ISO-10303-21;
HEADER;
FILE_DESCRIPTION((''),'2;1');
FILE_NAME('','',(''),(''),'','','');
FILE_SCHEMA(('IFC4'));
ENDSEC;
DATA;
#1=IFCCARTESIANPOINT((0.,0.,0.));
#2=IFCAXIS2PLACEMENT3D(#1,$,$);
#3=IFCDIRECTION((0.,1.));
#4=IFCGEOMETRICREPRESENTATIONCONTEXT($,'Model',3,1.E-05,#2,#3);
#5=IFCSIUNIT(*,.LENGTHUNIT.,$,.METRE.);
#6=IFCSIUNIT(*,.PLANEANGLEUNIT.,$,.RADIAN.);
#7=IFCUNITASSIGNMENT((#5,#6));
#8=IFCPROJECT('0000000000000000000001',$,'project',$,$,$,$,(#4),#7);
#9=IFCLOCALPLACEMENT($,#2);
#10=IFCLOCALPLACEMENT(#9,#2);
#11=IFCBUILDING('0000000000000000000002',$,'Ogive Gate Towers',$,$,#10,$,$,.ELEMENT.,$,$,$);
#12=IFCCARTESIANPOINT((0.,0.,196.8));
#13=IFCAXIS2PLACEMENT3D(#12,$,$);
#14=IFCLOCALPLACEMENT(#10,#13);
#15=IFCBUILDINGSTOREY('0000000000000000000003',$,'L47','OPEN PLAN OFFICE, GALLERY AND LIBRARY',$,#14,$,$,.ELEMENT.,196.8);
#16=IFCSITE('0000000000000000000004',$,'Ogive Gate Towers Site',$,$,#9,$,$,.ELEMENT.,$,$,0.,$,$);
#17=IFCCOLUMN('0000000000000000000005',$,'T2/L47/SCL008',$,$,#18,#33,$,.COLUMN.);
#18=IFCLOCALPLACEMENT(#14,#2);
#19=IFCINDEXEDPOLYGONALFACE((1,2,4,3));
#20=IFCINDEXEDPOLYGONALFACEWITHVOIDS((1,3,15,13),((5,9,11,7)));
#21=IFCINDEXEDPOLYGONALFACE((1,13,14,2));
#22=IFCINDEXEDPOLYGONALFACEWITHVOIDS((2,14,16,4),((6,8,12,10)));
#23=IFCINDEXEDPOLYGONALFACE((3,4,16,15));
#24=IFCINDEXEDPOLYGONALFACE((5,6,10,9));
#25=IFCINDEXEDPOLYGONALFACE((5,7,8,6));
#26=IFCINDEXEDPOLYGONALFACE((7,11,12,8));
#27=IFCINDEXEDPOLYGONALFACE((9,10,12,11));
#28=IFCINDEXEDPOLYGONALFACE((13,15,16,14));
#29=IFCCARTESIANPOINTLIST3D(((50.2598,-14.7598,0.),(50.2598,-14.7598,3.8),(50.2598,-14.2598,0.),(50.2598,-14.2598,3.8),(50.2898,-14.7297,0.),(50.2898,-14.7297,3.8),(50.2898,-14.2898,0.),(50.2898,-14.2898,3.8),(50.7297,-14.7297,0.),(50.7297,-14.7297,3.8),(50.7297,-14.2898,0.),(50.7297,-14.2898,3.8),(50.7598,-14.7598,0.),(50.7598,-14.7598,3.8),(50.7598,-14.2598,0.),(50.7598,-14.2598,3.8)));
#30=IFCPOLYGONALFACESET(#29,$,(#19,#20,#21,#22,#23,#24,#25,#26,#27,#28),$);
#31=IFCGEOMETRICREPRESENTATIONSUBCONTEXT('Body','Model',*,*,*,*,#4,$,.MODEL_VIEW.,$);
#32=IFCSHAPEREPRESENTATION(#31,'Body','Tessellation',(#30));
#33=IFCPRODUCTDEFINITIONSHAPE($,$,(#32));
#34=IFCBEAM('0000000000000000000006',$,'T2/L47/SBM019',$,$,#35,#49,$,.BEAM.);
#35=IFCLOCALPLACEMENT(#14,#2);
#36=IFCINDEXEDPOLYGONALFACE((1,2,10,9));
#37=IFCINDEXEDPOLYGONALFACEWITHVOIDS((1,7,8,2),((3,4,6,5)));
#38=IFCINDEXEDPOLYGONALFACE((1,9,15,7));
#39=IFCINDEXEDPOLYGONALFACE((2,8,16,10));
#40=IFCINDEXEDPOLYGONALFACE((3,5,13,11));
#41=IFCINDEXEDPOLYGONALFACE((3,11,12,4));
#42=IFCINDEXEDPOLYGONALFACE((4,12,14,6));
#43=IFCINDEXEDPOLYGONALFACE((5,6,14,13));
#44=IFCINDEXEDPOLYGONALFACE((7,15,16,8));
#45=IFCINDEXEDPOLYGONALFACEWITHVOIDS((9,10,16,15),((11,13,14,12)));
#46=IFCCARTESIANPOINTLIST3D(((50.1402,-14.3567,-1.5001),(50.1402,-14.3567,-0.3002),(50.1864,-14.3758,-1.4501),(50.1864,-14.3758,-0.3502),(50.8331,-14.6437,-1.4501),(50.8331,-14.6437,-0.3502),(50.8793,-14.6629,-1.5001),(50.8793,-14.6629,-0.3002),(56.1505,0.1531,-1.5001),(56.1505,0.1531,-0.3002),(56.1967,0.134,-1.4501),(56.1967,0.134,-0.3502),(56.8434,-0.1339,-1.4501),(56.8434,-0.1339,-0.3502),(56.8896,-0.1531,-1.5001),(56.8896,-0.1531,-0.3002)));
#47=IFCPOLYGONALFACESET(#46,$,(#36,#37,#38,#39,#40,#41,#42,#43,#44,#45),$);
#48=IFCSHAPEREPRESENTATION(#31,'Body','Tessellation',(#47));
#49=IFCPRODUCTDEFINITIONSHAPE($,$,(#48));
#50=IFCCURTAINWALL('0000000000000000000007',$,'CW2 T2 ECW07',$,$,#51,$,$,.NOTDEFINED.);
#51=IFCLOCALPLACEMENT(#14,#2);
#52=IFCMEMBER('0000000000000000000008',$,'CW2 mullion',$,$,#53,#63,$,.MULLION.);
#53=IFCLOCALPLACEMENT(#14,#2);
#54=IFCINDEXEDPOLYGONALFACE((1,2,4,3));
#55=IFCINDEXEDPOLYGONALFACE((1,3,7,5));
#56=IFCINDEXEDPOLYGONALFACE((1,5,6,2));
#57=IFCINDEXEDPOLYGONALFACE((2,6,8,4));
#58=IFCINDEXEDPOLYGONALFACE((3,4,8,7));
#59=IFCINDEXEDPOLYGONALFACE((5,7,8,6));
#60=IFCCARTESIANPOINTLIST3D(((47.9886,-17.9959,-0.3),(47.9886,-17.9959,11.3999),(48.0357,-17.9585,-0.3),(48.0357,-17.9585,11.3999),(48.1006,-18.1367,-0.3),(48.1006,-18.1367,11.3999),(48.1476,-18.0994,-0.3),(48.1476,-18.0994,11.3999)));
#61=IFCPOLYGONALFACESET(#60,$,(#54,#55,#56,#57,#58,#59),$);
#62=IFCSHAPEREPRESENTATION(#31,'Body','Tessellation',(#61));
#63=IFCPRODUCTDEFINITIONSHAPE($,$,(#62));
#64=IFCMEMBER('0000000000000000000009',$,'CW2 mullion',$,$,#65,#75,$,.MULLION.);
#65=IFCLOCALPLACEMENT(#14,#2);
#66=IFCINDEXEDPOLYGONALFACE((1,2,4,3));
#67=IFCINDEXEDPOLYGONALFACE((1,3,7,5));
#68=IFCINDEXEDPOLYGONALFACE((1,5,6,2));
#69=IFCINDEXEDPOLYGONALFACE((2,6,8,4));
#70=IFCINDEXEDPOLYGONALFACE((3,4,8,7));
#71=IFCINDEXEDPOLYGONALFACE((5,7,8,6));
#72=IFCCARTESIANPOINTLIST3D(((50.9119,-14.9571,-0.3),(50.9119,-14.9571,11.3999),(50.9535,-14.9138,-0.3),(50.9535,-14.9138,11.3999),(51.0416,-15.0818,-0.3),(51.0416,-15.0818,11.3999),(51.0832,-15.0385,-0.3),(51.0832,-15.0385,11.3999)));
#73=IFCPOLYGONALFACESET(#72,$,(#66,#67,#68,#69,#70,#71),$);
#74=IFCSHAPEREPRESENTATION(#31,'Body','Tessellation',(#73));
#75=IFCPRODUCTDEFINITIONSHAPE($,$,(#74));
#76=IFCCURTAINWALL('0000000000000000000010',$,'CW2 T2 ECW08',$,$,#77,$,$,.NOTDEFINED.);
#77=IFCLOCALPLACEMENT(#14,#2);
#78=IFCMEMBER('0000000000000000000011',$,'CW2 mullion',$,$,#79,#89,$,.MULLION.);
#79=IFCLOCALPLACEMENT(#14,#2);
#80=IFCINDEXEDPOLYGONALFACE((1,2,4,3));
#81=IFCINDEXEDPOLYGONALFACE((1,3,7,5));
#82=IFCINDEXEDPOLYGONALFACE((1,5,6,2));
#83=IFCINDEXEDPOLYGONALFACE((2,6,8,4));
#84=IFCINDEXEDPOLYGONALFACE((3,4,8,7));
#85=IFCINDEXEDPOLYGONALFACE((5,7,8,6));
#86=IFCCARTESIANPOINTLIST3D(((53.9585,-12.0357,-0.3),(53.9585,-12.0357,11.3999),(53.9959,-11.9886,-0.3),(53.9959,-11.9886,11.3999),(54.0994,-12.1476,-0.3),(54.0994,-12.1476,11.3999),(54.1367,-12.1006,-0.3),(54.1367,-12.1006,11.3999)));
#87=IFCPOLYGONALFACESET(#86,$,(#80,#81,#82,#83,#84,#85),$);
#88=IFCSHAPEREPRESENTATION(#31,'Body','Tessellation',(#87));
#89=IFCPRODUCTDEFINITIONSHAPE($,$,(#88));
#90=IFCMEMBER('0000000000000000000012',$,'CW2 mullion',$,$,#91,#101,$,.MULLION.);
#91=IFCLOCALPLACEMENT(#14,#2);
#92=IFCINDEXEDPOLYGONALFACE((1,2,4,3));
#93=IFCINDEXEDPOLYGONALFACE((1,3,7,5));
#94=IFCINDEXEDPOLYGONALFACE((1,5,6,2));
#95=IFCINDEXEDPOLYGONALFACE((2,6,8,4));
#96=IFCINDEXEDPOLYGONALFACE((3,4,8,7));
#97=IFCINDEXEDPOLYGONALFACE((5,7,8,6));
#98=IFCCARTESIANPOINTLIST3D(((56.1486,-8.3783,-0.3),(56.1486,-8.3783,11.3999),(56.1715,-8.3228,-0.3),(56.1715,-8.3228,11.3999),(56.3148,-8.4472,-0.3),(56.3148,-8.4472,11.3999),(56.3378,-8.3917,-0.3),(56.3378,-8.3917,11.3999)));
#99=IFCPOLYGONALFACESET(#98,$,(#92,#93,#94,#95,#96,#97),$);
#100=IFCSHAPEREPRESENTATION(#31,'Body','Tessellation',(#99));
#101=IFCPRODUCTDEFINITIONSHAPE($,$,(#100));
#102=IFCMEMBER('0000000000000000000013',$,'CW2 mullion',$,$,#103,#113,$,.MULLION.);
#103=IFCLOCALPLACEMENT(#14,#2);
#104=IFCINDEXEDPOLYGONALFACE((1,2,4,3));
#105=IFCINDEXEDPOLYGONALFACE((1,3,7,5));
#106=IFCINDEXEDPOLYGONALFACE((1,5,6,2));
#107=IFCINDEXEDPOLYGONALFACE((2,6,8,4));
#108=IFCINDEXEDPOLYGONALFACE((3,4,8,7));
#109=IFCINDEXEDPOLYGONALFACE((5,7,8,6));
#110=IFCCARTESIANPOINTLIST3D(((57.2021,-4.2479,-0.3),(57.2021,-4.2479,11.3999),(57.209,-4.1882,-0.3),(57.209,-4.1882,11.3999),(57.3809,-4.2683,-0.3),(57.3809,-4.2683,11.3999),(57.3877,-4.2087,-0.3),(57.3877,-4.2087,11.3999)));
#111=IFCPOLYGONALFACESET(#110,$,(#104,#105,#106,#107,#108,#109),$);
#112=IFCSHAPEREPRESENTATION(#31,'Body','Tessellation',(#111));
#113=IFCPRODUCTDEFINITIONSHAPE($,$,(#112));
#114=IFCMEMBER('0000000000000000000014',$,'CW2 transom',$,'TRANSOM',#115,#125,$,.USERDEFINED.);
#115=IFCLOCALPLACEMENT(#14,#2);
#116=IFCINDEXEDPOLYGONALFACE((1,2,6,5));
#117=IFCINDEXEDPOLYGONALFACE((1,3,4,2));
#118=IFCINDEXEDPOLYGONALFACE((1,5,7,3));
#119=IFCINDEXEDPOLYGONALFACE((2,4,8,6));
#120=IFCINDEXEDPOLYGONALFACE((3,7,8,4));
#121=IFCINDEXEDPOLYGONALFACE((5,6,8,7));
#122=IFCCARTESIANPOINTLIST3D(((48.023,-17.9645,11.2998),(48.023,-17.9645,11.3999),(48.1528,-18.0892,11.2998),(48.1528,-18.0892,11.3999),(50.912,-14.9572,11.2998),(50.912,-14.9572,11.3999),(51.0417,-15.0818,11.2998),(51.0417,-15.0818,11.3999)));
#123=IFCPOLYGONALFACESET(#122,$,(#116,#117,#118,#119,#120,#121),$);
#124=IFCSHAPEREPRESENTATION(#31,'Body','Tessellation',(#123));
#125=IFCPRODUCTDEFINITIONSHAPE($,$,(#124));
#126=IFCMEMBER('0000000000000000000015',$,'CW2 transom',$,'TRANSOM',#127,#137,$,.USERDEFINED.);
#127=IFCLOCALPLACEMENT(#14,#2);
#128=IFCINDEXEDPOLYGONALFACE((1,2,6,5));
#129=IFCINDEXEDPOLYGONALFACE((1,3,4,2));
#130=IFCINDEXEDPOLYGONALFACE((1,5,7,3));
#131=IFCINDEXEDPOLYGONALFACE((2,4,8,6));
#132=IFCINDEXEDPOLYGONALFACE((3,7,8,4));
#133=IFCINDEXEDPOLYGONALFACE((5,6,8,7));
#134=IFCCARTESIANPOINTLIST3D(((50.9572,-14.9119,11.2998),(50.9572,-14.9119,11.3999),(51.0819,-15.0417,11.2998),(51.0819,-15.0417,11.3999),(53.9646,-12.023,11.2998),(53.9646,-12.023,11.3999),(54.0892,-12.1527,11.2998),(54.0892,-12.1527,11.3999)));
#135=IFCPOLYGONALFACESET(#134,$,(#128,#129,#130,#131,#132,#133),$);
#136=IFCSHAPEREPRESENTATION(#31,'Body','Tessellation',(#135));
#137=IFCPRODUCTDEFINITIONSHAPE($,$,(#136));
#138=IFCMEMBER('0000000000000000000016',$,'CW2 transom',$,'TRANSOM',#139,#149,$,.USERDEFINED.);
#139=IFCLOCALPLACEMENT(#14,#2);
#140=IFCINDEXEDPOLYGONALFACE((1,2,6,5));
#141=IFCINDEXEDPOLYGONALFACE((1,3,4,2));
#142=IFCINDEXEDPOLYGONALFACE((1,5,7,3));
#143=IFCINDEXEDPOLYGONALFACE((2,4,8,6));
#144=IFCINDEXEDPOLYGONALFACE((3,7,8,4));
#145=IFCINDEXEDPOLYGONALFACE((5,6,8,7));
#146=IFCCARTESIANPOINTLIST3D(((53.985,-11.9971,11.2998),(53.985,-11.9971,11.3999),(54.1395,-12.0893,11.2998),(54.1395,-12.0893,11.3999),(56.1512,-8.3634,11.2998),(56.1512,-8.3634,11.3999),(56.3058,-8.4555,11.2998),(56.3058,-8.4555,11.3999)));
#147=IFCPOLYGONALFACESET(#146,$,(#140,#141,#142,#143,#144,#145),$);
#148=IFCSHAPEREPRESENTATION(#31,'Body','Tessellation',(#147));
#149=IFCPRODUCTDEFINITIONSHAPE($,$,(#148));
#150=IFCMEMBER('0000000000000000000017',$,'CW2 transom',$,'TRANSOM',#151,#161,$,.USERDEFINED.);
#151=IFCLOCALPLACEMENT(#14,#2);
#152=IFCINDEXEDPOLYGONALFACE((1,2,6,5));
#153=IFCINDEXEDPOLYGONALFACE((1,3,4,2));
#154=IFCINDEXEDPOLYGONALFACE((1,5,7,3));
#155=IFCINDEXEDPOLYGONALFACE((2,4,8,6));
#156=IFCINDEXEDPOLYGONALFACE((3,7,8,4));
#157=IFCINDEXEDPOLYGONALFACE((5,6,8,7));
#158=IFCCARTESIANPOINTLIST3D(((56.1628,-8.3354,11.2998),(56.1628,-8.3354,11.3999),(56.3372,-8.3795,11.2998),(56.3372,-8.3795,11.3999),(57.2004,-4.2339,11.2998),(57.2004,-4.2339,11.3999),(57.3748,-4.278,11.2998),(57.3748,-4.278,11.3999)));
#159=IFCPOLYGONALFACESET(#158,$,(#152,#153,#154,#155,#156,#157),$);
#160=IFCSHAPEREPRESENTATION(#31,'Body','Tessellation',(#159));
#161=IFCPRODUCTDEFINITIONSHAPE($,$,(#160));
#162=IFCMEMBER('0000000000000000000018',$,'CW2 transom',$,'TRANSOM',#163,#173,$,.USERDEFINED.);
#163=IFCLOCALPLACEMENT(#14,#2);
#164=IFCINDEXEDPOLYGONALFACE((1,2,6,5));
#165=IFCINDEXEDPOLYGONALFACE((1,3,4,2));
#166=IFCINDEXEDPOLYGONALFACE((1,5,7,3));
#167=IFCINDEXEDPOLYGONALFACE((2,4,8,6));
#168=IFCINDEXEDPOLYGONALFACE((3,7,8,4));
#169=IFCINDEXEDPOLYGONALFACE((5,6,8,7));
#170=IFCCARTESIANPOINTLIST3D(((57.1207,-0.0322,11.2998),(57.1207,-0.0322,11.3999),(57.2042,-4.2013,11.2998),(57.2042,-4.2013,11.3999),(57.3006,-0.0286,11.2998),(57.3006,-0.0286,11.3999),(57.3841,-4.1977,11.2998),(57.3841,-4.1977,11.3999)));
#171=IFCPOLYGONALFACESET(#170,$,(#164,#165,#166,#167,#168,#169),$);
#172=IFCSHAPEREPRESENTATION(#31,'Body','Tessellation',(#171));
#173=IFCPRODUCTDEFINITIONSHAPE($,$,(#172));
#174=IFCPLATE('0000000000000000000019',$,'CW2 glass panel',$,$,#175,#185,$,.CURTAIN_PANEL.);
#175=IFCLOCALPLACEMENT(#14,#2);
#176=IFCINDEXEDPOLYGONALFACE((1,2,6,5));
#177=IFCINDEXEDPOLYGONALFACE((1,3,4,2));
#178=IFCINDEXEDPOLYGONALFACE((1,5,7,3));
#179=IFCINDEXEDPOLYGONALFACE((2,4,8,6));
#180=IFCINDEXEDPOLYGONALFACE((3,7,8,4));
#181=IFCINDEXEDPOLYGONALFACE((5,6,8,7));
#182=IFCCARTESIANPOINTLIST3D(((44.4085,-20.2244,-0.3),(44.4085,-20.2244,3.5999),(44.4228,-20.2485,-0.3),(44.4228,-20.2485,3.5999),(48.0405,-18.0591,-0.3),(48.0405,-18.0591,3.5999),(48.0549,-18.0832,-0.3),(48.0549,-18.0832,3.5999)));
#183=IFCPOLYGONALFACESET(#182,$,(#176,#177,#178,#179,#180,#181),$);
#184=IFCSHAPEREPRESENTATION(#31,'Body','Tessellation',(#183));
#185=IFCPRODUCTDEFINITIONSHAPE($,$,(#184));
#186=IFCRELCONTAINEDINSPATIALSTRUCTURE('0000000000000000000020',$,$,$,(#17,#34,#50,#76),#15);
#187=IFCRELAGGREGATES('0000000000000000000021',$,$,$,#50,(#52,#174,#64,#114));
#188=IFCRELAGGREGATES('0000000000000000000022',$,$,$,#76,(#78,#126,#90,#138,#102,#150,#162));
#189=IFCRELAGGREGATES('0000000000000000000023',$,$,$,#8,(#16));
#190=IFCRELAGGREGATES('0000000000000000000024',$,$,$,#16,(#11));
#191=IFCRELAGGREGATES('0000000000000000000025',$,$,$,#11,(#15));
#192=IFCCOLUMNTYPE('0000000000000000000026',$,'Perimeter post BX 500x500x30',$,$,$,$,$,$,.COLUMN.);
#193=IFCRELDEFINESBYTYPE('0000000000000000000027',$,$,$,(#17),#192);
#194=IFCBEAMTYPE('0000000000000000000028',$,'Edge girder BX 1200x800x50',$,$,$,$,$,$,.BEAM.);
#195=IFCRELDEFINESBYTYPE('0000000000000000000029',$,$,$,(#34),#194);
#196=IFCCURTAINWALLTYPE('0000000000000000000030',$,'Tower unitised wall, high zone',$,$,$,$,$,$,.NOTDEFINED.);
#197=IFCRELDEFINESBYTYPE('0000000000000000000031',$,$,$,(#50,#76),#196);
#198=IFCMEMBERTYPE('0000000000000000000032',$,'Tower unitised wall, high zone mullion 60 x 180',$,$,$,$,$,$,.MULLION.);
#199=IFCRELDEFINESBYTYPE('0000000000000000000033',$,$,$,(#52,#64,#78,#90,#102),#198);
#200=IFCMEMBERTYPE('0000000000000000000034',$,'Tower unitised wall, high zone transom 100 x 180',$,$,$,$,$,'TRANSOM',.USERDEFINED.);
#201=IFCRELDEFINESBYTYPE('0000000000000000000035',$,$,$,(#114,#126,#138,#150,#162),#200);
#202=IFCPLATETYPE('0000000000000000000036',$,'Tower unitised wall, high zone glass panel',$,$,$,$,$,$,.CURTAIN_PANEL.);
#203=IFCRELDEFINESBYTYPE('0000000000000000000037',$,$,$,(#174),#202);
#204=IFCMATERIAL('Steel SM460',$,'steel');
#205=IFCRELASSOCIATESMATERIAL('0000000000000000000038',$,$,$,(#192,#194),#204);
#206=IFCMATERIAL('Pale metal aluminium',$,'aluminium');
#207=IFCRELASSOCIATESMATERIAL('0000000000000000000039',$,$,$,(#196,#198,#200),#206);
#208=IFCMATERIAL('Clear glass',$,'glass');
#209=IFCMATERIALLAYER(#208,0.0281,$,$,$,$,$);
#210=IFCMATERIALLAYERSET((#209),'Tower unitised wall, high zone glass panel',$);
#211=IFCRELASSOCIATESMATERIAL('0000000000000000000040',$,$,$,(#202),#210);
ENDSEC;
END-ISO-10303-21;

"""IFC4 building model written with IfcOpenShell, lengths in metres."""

from ifc_helpers import new_model, si_unit, direction, frame, origin, origin_2d, place, context, subcontext, project, spatial, rectangle, hollow_rectangle, extrude, material, layer, layer_set, material_profile, profile_set, type_object, element, aggregate, save


model = new_model("IFC4")

# Units and contexts
model_context = context("Model", 3, precision=1e-05, world=origin(), true_north=direction((0.0, 1.0)))
body_context = subcontext(model_context, "Body", "Model", "MODEL_VIEW")
ifc_project = project(units=[si_unit("LENGTHUNIT", "METRE"), si_unit("PLANEANGLEUNIT", "RADIAN")], contexts=[model_context])

# Site, building, storey
site_placement = place(None, origin())
site = spatial("IfcSite", under=ifc_project, at=site_placement, Name="Ogive Gate Towers Site", CompositionType="ELEMENT", RefElevation=0.0)
building_placement = place(site_placement, origin())
building = spatial("IfcBuilding", under=site, at=building_placement, Name="Ogive Gate Towers", CompositionType="ELEMENT")
storey_placement = place(building_placement, frame((0.0, 0.0, 196.8)))
storey = spatial("IfcBuildingStorey", under=building, at=storey_placement, Name="L47", Description="OPEN PLAN OFFICE, GALLERY AND LIBRARY", CompositionType="ELEMENT", Elevation=196.8)

# Column
ifc_material_1 = material(Name="Steel SM460", Category="steel")
ifc_material_profile_1 = material_profile(ifc_material_1, hollow_rectangle(XDim=0.5, YDim=0.5, WallThickness=0.03, at=origin_2d()), Name="BX 500x500x30")
ifc_profile_set_1 = profile_set([ifc_material_profile_1], Name="Steel SM460")
column_type = type_object("IfcColumnType", Name="Perimeter post BX 500x500x30", PredefinedType="COLUMN", material=ifc_profile_set_1)
column_placement = place(storey_placement, frame((50.5098, -14.5098, 0.0), z_axis=(0.0, 0.0, 1.0), x_axis=(1.0, 0.0, 0.0)))
element("IfcColumn", 1, at=column_placement, inside=storey, type_object=column_type, Name="T2/L47/SCL008", PredefinedType="COLUMN", context=body_context, shape_type="SweptSolid", body=[
    extrude(hollow_rectangle(XDim=0.5, YDim=0.5, WallThickness=0.03, at=origin_2d()), origin(), (0.0, 0.0, 1.0), 3.8),
])

# Beam
ifc_material_profile_2 = material_profile(ifc_material_1, hollow_rectangle(XDim=0.8, YDim=1.2, WallThickness=0.05, at=origin_2d()), Name="BX 1200x800x50")
ifc_profile_set_2 = profile_set([ifc_material_profile_2], Name="Steel SM460")
beam_type = type_object("IfcBeamType", Name="Edge girder BX 1200x800x50", PredefinedType="BEAM", material=ifc_profile_set_2)
beam_placement = place(storey_placement, frame((50.5098, -14.5098, -0.9001), z_axis=(0.38269, 0.923877, 0.0), x_axis=(-0.923877, 0.38269, 0.0)))
element("IfcBeam", 2, at=beam_placement, inside=storey, type_object=beam_type, Name="T2/L47/SBM019", PredefinedType="BEAM", context=body_context, shape_type="SweptSolid", body=[
    extrude(hollow_rectangle(XDim=0.8, YDim=1.2, WallThickness=0.05, at=origin_2d()), origin(), (0.0, 0.0, 1.0), 15.7053),
])

# Curtain walls, members
ifc_material_2 = material(Name="Pale metal aluminium", Category="aluminium")
curtain_wall_type = type_object("IfcCurtainWallType", Name="Tower unitised wall, high zone", PredefinedType="NOTDEFINED", material=ifc_material_2)
curtain_wall_1_placement = place(storey_placement, origin())
curtain_wall_1 = element("IfcCurtainWall", 3, at=curtain_wall_1_placement, inside=storey, type_object=curtain_wall_type, Name="CW2 T2 ECW07", PredefinedType="NOTDEFINED")
ifc_material_profile_3 = material_profile(ifc_material_2, rectangle(XDim=0.1799, YDim=0.0601, at=origin_2d()), Name="60 x 180 aluminium box")
ifc_profile_set_3 = profile_set([ifc_material_profile_3], Name="Pale metal aluminium")
member_type_1 = type_object("IfcMemberType", Name="Tower unitised wall, high zone mullion 60 x 180", PredefinedType="MULLION", material=ifc_profile_set_3)
member_1_placement = place(storey_placement, frame((48.0681, -18.0476, -0.3), z_axis=(0.0, 0.0, 1.0), x_axis=(0.622173, -0.78288, 0.0)))
member_1 = element("IfcMember", 4, at=member_1_placement, type_object=member_type_1, Name="CW2 mullion", PredefinedType="MULLION", context=body_context, shape_type="SweptSolid", body=[
    extrude(rectangle(XDim=0.1799, YDim=0.0601, at=origin_2d()), origin(), (0.0, 0.0, 1.0), 11.7),
])
member_2_placement = place(storey_placement, frame((50.9976, -14.9978, -0.3), z_axis=(0.0, 0.0, 1.0), x_axis=(0.721144, -0.692785, 0.0)))
member_2 = element("IfcMember", 5, at=member_2_placement, type_object=member_type_1, Name="CW2 mullion", PredefinedType="MULLION", context=body_context, shape_type="SweptSolid", body=[
    extrude(rectangle(XDim=0.1799, YDim=0.0601, at=origin_2d()), origin(), (0.0, 0.0, 1.0), 11.7),
])
curtain_wall_2_placement = place(storey_placement, origin())
curtain_wall_2 = element("IfcCurtainWall", 6, at=curtain_wall_2_placement, inside=storey, type_object=curtain_wall_type, Name="CW2 T2 ECW08", PredefinedType="NOTDEFINED")
member_3_placement = place(storey_placement, frame((54.0476, -12.0681, -0.3), z_axis=(0.0, 0.0, 1.0), x_axis=(0.78288, -0.622173, 0.0)))
member_3 = element("IfcMember", 7, at=member_3_placement, type_object=member_type_1, Name="CW2 mullion", PredefinedType="MULLION", context=body_context, shape_type="SweptSolid", body=[
    extrude(rectangle(XDim=0.1799, YDim=0.0601, at=origin_2d()), origin(), (0.0, 0.0, 1.0), 11.7),
])
member_4_placement = place(storey_placement, frame((56.2432, -8.385, -0.3), z_axis=(0.0, 0.0, 1.0), x_axis=(0.92388, -0.382683, 0.0)))
member_4 = element("IfcMember", 8, at=member_4_placement, type_object=member_type_1, Name="CW2 mullion", PredefinedType="MULLION", context=body_context, shape_type="SweptSolid", body=[
    extrude(rectangle(XDim=0.1799, YDim=0.0601, at=origin_2d()), origin(), (0.0, 0.0, 1.0), 11.7),
])
member_5_placement = place(storey_placement, frame((57.2949, -4.2283, -0.3), z_axis=(0.0, 0.0, 1.0), x_axis=(0.993522, -0.113637, 0.0)))
member_5 = element("IfcMember", 9, at=member_5_placement, type_object=member_type_1, Name="CW2 mullion", PredefinedType="MULLION", context=body_context, shape_type="SweptSolid", body=[
    extrude(rectangle(XDim=0.1799, YDim=0.0601, at=origin_2d()), origin(), (0.0, 0.0, 1.0), 11.7),
])

# Members
ifc_material_profile_4 = material_profile(ifc_material_2, rectangle(XDim=0.1799, YDim=0.1001, at=origin_2d()), Name="100 x 180 aluminium box")
ifc_profile_set_4 = profile_set([ifc_material_profile_4], Name="Pale metal aluminium")
member_type_2 = type_object("IfcMemberType", Name="Tower unitised wall, high zone transom 100 x 180", ElementType="TRANSOM", PredefinedType="USERDEFINED", material=ifc_profile_set_4)
member_6_placement = place(storey_placement, frame((48.0879, -18.0269, 11.3499), z_axis=(0.692767, 0.721161, 0.0), x_axis=(-0.721161, 0.692767, 0.0)))
member_6 = element("IfcMember", 10, at=member_6_placement, type_object=member_type_2, Name="CW2 transom", ObjectType="TRANSOM", PredefinedType="USERDEFINED", context=body_context, shape_type="SweptSolid", body=[
    extrude(rectangle(XDim=0.1799, YDim=0.1001, at=origin_2d()), origin(), (0.0, 0.0, 1.0), 4.1702),
])
member_7_placement = place(storey_placement, frame((51.0195, -14.9768, 11.3499), z_axis=(0.721161, 0.692767, 0.0), x_axis=(-0.692767, 0.721161, 0.0)))
member_7 = element("IfcMember", 11, at=member_7_placement, type_object=member_type_2, Name="CW2 transom", ObjectType="TRANSOM", PredefinedType="USERDEFINED", context=body_context, shape_type="SweptSolid", body=[
    extrude(rectangle(XDim=0.1799, YDim=0.1001, at=origin_2d()), origin(), (0.0, 0.0, 1.0), 4.1702),
])
member_8_placement = place(storey_placement, frame((54.0623, -12.0432, 11.3499), z_axis=(0.512058, 0.858951, 0.0), x_axis=(-0.858951, 0.512058, 0.0)))
member_8 = element("IfcMember", 12, at=member_8_placement, type_object=member_type_2, Name="CW2 transom", ObjectType="TRANSOM", PredefinedType="USERDEFINED", context=body_context, shape_type="SweptSolid", body=[
    extrude(rectangle(XDim=0.1799, YDim=0.1001, at=origin_2d()), origin(), (0.0, 0.0, 1.0), 4.2305),
])
member_9_placement = place(storey_placement, frame((56.25, -8.3574, 11.3499), z_axis=(0.24525, 0.96946, 0.0), x_axis=(-0.96946, 0.24525, 0.0)))
member_9 = element("IfcMember", 13, at=member_9_placement, type_object=member_type_2, Name="CW2 transom", ObjectType="TRANSOM", PredefinedType="USERDEFINED", context=body_context, shape_type="SweptSolid", body=[
    extrude(rectangle(XDim=0.1799, YDim=0.1001, at=origin_2d()), origin(), (0.0, 0.0, 1.0), 4.2307),
])
member_10_placement = place(storey_placement, frame((57.2942, -4.1995, 11.3499), z_axis=(-0.020023, 0.9998, 0.0), x_axis=(-0.9998, -0.020023, 0.0)))
member_10 = element("IfcMember", 14, at=member_10_placement, type_object=member_type_2, Name="CW2 transom", ObjectType="TRANSOM", PredefinedType="USERDEFINED", context=body_context, shape_type="SweptSolid", body=[
    extrude(rectangle(XDim=0.1799, YDim=0.1001, at=origin_2d()), origin(), (0.0, 0.0, 1.0), 4.1699),
])

# Plate
ifc_material_3 = material(Name="Clear glass", Category="glass")
ifc_layer_1 = layer(ifc_material_3, 0.0281)
ifc_layer_set_1 = layer_set([ifc_layer_1], Name="Tower unitised wall, high zone glass panel")
plate_type = type_object("IfcPlateType", Name="Tower unitised wall, high zone glass panel", PredefinedType="CURTAIN_PANEL", material=ifc_layer_set_1)
plate_1_placement = place(storey_placement, frame((46.2317, -19.1538, -0.3), z_axis=(0.0, 0.0, 1.0), x_axis=(0.858951, 0.512058, 0.0)))
plate_1 = element("IfcPlate", 15, at=plate_1_placement, type_object=plate_type, Name="CW2 glass panel", PredefinedType="CURTAIN_PANEL", context=body_context, shape_type="SweptSolid", body=[
    extrude(rectangle(XDim=4.2285, YDim=0.0281, at=origin_2d()), origin(), (0.0, 0.0, 1.0), 3.8999),
])
aggregate(curtain_wall_1, [member_1, plate_1, member_2, member_6])
aggregate(curtain_wall_2, [member_3, member_7, member_4, member_8, member_5, member_9, member_10])

save(model, "model.ifc")
